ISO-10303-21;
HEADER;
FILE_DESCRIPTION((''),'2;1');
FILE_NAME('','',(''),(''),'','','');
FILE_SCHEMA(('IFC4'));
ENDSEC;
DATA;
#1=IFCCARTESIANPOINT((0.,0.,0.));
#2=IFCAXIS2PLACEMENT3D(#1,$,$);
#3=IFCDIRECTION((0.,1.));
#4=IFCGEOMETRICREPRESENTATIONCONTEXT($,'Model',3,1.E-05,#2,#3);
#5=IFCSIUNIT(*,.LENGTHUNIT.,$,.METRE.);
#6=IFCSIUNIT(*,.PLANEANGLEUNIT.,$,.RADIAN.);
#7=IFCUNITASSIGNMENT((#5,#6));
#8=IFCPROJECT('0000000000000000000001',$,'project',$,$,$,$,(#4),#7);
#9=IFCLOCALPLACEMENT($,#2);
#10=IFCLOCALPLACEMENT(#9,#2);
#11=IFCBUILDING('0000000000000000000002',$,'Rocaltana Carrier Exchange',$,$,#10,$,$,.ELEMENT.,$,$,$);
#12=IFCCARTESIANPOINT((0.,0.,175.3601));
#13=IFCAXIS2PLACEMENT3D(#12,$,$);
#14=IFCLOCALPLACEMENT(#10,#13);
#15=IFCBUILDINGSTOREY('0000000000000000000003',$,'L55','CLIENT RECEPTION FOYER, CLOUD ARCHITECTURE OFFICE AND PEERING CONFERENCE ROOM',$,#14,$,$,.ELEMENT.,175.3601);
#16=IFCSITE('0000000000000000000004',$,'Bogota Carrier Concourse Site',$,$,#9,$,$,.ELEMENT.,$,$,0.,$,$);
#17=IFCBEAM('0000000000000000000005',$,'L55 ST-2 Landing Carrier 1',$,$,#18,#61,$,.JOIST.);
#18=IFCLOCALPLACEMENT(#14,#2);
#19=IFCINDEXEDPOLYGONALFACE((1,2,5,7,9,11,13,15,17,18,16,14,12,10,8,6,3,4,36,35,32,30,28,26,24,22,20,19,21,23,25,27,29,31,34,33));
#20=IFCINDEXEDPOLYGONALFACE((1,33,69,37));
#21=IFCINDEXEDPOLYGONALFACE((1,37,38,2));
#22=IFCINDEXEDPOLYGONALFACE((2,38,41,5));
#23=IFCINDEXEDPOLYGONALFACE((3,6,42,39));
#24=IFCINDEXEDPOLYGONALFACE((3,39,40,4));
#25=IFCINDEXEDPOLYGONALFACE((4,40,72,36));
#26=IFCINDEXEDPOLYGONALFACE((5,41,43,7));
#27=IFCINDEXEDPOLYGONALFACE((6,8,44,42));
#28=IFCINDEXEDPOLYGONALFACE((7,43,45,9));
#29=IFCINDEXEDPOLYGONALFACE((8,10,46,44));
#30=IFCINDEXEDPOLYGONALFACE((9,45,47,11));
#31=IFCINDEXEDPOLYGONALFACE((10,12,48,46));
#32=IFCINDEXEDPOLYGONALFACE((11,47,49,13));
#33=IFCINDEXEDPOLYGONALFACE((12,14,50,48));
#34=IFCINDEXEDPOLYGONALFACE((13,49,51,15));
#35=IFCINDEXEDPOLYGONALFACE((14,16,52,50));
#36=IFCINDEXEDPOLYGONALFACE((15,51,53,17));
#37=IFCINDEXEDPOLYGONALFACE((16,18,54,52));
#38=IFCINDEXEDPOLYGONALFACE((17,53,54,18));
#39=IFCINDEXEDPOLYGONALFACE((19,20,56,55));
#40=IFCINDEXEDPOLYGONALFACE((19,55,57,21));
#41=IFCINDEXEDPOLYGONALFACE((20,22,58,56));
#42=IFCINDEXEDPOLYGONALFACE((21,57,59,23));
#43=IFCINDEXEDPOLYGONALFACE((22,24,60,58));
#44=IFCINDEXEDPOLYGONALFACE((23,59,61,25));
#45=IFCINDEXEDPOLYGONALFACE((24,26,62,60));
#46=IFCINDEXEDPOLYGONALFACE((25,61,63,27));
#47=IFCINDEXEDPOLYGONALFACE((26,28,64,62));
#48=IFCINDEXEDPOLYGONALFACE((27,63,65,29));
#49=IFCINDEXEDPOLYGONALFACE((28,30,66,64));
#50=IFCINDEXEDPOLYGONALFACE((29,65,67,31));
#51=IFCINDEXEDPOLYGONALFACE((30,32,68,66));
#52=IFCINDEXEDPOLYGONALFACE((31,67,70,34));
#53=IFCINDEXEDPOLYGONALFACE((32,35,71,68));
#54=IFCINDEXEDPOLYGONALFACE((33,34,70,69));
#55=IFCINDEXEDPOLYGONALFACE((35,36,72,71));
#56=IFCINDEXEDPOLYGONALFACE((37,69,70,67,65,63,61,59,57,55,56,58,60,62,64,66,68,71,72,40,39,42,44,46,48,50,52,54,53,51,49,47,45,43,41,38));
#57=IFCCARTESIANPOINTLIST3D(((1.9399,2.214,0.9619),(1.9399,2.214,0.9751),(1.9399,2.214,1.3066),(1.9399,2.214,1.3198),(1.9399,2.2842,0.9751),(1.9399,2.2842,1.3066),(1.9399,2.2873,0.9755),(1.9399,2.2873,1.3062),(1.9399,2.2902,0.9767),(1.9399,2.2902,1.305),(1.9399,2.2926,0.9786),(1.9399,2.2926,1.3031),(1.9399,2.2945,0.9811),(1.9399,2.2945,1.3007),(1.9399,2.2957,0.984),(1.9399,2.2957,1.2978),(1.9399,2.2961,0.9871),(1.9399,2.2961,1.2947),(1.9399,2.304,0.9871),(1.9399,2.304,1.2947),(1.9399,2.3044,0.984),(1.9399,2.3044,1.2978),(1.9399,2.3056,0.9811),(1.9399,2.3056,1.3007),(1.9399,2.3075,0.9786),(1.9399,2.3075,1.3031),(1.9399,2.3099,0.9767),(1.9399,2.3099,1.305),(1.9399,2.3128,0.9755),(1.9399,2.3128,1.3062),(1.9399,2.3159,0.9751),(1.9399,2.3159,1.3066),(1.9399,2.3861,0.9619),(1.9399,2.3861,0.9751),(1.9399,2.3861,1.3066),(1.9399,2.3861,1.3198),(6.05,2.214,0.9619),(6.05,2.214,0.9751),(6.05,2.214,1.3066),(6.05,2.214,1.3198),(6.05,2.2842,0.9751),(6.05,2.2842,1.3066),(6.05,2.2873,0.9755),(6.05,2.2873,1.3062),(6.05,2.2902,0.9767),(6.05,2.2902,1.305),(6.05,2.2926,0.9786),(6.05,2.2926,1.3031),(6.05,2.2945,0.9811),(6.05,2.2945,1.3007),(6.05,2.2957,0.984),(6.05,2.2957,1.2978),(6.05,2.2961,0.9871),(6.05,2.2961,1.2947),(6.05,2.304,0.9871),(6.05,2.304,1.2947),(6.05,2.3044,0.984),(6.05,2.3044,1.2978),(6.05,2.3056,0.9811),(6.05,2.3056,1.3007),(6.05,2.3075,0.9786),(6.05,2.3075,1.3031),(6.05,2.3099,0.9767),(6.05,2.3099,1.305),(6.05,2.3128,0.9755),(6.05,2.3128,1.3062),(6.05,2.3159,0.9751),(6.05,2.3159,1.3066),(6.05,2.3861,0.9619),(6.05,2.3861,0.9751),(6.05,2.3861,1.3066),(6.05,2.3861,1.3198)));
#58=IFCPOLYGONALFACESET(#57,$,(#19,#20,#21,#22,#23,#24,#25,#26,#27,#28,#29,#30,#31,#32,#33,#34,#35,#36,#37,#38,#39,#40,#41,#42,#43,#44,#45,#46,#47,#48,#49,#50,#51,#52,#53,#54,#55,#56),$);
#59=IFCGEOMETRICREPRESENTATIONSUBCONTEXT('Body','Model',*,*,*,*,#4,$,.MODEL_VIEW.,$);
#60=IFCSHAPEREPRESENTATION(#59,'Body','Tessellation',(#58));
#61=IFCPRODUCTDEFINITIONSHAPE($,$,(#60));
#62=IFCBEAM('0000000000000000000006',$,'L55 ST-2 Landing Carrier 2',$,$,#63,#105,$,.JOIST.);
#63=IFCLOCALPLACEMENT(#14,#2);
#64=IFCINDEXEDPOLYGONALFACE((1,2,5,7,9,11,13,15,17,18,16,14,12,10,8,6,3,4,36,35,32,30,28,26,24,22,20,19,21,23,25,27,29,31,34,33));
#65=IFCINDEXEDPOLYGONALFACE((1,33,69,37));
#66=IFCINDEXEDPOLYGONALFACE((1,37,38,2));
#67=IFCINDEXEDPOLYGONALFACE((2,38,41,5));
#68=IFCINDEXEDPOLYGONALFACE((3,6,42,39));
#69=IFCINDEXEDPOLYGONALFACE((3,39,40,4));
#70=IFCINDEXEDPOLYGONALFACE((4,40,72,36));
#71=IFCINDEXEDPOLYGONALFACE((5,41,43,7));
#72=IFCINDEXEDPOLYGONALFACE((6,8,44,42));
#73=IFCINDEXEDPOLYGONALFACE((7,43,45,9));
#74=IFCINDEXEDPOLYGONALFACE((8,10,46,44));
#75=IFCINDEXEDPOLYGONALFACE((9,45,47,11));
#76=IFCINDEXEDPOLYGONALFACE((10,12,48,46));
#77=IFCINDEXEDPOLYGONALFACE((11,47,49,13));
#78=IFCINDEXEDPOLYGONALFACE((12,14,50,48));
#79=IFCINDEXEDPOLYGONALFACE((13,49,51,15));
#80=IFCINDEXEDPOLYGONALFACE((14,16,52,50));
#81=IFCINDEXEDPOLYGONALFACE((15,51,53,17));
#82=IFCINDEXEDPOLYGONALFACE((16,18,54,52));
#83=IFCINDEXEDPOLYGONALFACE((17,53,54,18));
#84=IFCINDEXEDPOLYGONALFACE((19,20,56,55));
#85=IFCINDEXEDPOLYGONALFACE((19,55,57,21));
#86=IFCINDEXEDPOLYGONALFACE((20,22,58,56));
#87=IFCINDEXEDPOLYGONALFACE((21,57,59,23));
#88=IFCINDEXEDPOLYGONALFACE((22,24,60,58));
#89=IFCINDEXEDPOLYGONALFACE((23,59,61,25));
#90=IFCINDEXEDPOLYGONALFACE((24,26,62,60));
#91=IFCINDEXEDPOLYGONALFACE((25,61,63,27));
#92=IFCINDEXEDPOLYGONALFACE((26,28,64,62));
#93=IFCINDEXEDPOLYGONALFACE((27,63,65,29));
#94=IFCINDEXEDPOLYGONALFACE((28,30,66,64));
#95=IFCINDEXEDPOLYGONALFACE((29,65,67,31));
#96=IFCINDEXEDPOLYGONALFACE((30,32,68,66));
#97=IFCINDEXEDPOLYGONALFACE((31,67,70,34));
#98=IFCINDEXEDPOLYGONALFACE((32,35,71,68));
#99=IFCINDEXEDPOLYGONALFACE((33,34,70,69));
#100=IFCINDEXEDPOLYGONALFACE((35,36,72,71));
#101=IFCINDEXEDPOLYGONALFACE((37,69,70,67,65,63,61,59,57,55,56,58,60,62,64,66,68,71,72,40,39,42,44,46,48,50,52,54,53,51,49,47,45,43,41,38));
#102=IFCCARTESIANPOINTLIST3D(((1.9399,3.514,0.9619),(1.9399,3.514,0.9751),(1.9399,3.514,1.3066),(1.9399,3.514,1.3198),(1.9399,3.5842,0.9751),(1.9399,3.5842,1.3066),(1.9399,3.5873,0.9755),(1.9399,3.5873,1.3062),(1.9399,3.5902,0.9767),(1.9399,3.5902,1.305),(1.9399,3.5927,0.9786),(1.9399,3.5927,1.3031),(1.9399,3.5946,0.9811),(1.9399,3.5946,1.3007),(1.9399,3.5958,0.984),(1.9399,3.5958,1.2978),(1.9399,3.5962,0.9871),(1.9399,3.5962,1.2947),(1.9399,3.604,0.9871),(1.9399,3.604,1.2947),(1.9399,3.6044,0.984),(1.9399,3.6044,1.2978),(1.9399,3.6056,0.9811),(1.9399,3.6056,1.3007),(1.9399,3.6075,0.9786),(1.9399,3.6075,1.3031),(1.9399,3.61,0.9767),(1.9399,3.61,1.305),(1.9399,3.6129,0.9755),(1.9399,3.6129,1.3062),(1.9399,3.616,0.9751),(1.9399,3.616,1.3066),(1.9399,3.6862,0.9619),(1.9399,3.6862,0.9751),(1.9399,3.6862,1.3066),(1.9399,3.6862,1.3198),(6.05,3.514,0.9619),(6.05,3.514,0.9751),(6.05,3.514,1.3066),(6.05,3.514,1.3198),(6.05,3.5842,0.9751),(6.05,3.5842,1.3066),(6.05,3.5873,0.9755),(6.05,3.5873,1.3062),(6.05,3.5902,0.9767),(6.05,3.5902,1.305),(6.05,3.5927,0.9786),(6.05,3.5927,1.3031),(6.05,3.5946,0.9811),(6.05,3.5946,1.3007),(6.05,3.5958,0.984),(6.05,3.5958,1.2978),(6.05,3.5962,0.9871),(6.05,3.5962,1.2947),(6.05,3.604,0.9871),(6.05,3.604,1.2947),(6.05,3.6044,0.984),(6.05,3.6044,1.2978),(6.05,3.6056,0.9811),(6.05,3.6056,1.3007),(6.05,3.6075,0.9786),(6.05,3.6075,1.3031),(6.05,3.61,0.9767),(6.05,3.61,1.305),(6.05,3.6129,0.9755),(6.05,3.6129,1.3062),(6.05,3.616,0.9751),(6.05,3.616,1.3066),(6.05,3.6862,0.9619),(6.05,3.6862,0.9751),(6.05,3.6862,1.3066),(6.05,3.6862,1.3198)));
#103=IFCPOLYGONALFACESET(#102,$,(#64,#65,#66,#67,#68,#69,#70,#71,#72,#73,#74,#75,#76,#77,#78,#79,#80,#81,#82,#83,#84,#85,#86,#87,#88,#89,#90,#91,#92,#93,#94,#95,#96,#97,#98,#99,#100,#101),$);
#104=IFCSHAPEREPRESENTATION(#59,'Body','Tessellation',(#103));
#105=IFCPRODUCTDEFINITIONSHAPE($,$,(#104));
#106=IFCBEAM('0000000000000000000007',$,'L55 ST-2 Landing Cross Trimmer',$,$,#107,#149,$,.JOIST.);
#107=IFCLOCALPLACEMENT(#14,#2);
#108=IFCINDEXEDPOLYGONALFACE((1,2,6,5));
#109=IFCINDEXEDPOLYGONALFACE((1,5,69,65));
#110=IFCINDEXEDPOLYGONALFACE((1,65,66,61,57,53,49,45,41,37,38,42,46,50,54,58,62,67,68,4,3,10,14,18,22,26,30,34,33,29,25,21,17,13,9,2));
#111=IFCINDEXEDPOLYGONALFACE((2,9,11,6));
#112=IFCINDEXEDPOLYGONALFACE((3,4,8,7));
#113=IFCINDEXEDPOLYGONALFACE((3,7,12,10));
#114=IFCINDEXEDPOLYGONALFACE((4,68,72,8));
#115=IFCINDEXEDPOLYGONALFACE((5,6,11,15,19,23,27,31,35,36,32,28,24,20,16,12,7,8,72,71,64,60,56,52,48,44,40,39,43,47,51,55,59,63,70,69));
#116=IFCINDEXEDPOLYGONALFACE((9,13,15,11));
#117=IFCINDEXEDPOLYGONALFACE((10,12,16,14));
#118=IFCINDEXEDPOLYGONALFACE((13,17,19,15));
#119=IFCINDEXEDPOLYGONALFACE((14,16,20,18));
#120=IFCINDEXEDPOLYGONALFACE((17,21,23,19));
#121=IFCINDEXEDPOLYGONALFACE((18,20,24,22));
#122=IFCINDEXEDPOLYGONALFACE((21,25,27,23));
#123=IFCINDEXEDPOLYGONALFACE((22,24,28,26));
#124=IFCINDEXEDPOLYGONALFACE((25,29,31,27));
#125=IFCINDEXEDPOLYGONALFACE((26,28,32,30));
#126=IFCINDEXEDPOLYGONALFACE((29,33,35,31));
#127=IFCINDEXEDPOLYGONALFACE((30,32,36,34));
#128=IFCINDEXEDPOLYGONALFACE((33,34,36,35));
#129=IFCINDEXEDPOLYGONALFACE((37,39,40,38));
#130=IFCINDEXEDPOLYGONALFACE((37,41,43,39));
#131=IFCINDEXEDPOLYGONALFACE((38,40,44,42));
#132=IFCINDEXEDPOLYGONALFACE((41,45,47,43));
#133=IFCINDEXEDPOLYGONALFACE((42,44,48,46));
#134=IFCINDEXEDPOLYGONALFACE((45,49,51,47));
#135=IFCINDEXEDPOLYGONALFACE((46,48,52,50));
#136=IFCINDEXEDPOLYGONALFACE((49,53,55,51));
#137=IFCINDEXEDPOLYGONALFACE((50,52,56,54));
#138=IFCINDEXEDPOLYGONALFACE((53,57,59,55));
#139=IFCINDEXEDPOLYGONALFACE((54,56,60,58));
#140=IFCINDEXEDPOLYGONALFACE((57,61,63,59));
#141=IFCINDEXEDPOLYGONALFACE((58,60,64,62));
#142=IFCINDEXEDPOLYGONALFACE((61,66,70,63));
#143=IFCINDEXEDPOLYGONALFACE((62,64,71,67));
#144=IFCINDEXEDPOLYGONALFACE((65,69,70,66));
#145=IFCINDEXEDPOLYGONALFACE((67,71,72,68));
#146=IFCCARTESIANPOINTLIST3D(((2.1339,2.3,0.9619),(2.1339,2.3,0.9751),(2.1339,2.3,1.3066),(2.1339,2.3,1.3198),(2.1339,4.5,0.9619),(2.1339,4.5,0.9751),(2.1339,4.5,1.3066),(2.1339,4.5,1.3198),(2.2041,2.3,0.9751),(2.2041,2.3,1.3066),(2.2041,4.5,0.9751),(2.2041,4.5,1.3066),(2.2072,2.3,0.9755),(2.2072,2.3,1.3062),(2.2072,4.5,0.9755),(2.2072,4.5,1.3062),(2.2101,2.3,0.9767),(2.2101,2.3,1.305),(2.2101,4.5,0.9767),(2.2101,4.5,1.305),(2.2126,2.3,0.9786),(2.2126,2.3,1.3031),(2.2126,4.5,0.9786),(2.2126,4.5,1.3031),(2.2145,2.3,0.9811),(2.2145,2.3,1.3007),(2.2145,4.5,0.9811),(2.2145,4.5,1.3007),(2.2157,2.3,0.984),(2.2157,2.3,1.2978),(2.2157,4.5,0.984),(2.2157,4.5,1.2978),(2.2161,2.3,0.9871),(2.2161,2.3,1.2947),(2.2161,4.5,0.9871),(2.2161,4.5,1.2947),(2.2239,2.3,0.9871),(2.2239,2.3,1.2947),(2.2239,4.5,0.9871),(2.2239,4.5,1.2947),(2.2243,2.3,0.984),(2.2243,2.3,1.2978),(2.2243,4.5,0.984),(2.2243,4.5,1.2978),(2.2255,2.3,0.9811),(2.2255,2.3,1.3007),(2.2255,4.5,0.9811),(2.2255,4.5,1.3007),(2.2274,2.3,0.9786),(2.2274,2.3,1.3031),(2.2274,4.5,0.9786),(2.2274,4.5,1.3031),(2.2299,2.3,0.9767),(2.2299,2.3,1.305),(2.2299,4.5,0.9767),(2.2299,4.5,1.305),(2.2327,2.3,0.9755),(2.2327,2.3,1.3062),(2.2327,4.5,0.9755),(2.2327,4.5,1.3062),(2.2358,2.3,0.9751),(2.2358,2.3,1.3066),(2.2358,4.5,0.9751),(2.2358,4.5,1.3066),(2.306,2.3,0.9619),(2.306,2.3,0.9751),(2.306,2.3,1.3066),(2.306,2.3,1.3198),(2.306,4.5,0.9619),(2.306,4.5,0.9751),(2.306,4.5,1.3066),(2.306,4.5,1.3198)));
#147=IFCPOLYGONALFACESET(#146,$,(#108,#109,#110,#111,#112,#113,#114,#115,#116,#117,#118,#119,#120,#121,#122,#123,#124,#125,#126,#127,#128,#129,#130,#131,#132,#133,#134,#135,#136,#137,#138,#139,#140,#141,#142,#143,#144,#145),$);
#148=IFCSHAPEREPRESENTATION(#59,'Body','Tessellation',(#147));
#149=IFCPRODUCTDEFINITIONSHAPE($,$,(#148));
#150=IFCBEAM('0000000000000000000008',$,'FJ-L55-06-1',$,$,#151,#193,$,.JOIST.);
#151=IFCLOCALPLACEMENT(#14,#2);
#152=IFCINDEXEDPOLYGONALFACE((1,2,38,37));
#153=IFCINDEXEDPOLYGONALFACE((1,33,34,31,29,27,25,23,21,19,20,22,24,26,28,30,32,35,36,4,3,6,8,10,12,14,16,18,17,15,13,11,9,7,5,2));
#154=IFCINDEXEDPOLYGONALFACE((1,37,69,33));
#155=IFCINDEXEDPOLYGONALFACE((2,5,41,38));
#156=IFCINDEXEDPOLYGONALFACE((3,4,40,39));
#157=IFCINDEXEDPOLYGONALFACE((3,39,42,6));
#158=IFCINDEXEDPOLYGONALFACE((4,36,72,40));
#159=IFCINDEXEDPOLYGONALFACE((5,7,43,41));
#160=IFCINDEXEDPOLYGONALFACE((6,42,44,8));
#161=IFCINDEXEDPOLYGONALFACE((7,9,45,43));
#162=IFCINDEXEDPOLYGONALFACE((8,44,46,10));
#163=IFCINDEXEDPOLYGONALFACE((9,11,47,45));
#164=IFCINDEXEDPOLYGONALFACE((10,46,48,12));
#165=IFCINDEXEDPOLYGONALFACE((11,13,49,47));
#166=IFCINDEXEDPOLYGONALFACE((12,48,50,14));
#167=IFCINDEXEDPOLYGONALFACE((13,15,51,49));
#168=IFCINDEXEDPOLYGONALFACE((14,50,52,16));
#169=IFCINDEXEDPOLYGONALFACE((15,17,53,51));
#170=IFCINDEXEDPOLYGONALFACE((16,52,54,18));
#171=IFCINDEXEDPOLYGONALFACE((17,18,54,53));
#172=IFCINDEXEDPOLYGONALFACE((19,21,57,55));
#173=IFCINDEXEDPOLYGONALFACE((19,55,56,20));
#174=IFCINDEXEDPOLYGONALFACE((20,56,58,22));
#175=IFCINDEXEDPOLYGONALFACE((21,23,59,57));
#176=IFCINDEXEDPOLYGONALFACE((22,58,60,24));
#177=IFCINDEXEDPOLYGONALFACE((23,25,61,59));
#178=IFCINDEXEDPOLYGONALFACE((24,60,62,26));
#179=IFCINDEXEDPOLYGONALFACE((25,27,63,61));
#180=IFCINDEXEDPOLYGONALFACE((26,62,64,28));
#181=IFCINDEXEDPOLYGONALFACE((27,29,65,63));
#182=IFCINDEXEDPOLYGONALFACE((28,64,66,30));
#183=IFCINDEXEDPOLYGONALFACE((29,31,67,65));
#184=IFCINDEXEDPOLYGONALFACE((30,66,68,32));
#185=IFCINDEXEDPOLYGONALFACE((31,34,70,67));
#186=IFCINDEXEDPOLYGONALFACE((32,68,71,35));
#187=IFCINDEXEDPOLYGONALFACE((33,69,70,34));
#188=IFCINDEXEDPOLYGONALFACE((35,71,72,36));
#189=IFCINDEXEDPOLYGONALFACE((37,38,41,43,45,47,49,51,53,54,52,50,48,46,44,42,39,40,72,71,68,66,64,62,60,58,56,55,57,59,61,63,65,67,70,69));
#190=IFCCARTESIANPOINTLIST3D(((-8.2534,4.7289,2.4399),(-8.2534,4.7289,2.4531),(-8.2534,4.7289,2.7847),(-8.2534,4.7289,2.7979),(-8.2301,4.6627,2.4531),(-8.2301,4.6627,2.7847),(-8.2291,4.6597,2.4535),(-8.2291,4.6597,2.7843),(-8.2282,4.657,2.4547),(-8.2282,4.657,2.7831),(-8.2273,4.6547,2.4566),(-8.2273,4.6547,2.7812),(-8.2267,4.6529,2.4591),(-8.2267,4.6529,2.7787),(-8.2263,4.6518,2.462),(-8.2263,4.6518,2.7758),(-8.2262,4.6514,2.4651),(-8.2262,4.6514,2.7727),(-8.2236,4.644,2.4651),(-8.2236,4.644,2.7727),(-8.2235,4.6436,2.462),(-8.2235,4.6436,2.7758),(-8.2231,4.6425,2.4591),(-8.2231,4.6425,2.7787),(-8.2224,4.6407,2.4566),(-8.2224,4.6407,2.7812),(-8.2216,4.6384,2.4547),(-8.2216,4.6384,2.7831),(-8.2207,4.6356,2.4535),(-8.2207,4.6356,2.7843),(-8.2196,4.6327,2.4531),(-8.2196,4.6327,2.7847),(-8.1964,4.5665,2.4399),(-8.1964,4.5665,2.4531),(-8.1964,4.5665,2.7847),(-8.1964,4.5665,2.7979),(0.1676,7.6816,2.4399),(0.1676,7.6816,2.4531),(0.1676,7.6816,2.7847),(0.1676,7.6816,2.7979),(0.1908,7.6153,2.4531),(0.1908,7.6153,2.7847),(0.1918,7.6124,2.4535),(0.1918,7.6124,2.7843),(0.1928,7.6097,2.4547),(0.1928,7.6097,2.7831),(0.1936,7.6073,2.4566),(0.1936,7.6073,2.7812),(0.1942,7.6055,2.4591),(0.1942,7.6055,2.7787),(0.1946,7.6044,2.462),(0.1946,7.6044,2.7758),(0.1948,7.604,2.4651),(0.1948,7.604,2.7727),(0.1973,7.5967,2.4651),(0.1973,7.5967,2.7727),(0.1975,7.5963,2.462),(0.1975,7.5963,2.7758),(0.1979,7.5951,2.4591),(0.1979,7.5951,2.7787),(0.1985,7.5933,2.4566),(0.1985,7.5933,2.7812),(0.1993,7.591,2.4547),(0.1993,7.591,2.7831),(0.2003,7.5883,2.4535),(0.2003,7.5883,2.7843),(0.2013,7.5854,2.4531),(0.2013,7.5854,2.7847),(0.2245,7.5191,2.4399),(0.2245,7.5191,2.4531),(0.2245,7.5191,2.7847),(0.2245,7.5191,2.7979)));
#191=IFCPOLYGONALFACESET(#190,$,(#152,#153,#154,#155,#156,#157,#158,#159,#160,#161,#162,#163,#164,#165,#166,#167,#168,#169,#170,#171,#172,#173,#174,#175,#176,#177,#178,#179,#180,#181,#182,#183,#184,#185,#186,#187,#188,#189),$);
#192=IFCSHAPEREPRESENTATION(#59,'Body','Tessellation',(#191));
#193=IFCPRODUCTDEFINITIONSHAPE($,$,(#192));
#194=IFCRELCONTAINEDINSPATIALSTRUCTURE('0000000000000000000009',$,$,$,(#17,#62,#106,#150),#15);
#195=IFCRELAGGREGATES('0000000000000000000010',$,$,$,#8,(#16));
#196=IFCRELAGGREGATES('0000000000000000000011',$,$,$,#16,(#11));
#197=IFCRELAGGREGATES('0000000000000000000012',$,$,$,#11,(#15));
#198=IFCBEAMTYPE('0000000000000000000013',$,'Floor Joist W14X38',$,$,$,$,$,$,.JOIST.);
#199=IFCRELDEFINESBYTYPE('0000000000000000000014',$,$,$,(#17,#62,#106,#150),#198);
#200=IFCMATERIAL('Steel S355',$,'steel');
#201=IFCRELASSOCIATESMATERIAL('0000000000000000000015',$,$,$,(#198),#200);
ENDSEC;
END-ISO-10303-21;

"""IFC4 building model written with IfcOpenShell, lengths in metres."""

from ifc_helpers import new_model, si_unit, direction, frame, origin, origin_2d, place, context, subcontext, project, spatial, i_section, extrude, material, material_profile, profile_set, type_object, element, save


model = new_model("IFC4")

# Units and contexts
model_context = context("Model", 3, precision=1e-05, world=origin(), true_north=direction((0.0, 1.0)))
body_context = subcontext(model_context, "Body", "Model", "MODEL_VIEW")
ifc_project = project(units=[si_unit("LENGTHUNIT", "METRE"), si_unit("PLANEANGLEUNIT", "RADIAN")], contexts=[model_context])

# Site, building, storey
site_placement = place(None, origin())
site = spatial("IfcSite", under=ifc_project, at=site_placement, Name="Bogota Carrier Concourse Site", CompositionType="ELEMENT", RefElevation=0.0)
building_placement = place(site_placement, origin())
building = spatial("IfcBuilding", under=site, at=building_placement, Name="Rocaltana Carrier Exchange", CompositionType="ELEMENT")
storey_placement = place(building_placement, frame((0.0, 0.0, 175.3601)))
storey = spatial("IfcBuildingStorey", under=building, at=storey_placement, Name="L55", Description="CLIENT RECEPTION FOYER, CLOUD ARCHITECTURE OFFICE AND PEERING CONFERENCE ROOM", CompositionType="ELEMENT", Elevation=175.3601)

# Beams
ifc_material_1 = material(Name="Steel S355", Category="steel")
ifc_material_profile_1 = material_profile(ifc_material_1, i_section(OverallWidth=0.1721, OverallDepth=0.3579, WebThickness=0.0078, FlangeThickness=0.0132, FilletRadius=0.012, at=origin_2d()), Name="W14X38")
ifc_profile_set_1 = profile_set([ifc_material_profile_1], Name="Steel S355")
beam_type_1 = type_object("IfcBeamType", Name="Floor Joist W14X38", PredefinedType="JOIST", material=ifc_profile_set_1)
for number, where, z_axis, x_axis, name in (
    (1, (1.9399, 2.3, 1.1409), (1.0, 0.0, 0.0), (0.0, 1.0, 0.0), "L55 ST-2 Landing Carrier 1"),
    (2, (1.9399, 3.6001, 1.1409), (1.0, 0.0, 0.0), (0.0, 1.0, 0.0), "L55 ST-2 Landing Carrier 2"),
):
    element("IfcBeam", number, at=place(storey_placement, frame(where, z_axis=z_axis, x_axis=x_axis)), inside=storey, type_object=beam_type_1, Name=name, PredefinedType="JOIST", context=body_context, shape_type="SweptSolid", body=[
        extrude(i_section(OverallWidth=0.1721, OverallDepth=0.3579, WebThickness=0.0078, FlangeThickness=0.0132, FilletRadius=0.012, at=origin_2d()), origin(), (0.0, 0.0, 1.0), 4.1101),
    ])
beam_1_placement = place(storey_placement, frame((2.22, 2.3, 1.1409), z_axis=(0.0, 1.0, 0.0), x_axis=(-1.0, 0.0, 0.0)))
element("IfcBeam", 3, at=beam_1_placement, inside=storey, type_object=beam_type_1, Name="L55 ST-2 Landing Cross Trimmer", PredefinedType="JOIST", context=body_context, shape_type="SweptSolid", body=[
    extrude(i_section(OverallWidth=0.1721, OverallDepth=0.3579, WebThickness=0.0078, FlangeThickness=0.0132, FilletRadius=0.012, at=origin_2d()), origin(), (0.0, 0.0, 1.0), 2.2),
])
beam_2_placement = place(storey_placement, frame((0.196, 7.6003, 2.6189), z_axis=(-0.943672, -0.330882, 0.0), x_axis=(0.330882, -0.943672, 0.0)))
element("IfcBeam", 4, at=beam_2_placement, inside=storey, type_object=beam_type_1, Name="FJ-L55-06-1", PredefinedType="JOIST", context=body_context, shape_type="SweptSolid", body=[
    extrude(i_section(OverallWidth=0.1721, OverallDepth=0.3579, WebThickness=0.0078, FlangeThickness=0.0132, FilletRadius=0.012, at=origin_2d()), origin(), (0.0, 0.0, 1.0), 8.9236),
])

save(model, "model.ifc")
